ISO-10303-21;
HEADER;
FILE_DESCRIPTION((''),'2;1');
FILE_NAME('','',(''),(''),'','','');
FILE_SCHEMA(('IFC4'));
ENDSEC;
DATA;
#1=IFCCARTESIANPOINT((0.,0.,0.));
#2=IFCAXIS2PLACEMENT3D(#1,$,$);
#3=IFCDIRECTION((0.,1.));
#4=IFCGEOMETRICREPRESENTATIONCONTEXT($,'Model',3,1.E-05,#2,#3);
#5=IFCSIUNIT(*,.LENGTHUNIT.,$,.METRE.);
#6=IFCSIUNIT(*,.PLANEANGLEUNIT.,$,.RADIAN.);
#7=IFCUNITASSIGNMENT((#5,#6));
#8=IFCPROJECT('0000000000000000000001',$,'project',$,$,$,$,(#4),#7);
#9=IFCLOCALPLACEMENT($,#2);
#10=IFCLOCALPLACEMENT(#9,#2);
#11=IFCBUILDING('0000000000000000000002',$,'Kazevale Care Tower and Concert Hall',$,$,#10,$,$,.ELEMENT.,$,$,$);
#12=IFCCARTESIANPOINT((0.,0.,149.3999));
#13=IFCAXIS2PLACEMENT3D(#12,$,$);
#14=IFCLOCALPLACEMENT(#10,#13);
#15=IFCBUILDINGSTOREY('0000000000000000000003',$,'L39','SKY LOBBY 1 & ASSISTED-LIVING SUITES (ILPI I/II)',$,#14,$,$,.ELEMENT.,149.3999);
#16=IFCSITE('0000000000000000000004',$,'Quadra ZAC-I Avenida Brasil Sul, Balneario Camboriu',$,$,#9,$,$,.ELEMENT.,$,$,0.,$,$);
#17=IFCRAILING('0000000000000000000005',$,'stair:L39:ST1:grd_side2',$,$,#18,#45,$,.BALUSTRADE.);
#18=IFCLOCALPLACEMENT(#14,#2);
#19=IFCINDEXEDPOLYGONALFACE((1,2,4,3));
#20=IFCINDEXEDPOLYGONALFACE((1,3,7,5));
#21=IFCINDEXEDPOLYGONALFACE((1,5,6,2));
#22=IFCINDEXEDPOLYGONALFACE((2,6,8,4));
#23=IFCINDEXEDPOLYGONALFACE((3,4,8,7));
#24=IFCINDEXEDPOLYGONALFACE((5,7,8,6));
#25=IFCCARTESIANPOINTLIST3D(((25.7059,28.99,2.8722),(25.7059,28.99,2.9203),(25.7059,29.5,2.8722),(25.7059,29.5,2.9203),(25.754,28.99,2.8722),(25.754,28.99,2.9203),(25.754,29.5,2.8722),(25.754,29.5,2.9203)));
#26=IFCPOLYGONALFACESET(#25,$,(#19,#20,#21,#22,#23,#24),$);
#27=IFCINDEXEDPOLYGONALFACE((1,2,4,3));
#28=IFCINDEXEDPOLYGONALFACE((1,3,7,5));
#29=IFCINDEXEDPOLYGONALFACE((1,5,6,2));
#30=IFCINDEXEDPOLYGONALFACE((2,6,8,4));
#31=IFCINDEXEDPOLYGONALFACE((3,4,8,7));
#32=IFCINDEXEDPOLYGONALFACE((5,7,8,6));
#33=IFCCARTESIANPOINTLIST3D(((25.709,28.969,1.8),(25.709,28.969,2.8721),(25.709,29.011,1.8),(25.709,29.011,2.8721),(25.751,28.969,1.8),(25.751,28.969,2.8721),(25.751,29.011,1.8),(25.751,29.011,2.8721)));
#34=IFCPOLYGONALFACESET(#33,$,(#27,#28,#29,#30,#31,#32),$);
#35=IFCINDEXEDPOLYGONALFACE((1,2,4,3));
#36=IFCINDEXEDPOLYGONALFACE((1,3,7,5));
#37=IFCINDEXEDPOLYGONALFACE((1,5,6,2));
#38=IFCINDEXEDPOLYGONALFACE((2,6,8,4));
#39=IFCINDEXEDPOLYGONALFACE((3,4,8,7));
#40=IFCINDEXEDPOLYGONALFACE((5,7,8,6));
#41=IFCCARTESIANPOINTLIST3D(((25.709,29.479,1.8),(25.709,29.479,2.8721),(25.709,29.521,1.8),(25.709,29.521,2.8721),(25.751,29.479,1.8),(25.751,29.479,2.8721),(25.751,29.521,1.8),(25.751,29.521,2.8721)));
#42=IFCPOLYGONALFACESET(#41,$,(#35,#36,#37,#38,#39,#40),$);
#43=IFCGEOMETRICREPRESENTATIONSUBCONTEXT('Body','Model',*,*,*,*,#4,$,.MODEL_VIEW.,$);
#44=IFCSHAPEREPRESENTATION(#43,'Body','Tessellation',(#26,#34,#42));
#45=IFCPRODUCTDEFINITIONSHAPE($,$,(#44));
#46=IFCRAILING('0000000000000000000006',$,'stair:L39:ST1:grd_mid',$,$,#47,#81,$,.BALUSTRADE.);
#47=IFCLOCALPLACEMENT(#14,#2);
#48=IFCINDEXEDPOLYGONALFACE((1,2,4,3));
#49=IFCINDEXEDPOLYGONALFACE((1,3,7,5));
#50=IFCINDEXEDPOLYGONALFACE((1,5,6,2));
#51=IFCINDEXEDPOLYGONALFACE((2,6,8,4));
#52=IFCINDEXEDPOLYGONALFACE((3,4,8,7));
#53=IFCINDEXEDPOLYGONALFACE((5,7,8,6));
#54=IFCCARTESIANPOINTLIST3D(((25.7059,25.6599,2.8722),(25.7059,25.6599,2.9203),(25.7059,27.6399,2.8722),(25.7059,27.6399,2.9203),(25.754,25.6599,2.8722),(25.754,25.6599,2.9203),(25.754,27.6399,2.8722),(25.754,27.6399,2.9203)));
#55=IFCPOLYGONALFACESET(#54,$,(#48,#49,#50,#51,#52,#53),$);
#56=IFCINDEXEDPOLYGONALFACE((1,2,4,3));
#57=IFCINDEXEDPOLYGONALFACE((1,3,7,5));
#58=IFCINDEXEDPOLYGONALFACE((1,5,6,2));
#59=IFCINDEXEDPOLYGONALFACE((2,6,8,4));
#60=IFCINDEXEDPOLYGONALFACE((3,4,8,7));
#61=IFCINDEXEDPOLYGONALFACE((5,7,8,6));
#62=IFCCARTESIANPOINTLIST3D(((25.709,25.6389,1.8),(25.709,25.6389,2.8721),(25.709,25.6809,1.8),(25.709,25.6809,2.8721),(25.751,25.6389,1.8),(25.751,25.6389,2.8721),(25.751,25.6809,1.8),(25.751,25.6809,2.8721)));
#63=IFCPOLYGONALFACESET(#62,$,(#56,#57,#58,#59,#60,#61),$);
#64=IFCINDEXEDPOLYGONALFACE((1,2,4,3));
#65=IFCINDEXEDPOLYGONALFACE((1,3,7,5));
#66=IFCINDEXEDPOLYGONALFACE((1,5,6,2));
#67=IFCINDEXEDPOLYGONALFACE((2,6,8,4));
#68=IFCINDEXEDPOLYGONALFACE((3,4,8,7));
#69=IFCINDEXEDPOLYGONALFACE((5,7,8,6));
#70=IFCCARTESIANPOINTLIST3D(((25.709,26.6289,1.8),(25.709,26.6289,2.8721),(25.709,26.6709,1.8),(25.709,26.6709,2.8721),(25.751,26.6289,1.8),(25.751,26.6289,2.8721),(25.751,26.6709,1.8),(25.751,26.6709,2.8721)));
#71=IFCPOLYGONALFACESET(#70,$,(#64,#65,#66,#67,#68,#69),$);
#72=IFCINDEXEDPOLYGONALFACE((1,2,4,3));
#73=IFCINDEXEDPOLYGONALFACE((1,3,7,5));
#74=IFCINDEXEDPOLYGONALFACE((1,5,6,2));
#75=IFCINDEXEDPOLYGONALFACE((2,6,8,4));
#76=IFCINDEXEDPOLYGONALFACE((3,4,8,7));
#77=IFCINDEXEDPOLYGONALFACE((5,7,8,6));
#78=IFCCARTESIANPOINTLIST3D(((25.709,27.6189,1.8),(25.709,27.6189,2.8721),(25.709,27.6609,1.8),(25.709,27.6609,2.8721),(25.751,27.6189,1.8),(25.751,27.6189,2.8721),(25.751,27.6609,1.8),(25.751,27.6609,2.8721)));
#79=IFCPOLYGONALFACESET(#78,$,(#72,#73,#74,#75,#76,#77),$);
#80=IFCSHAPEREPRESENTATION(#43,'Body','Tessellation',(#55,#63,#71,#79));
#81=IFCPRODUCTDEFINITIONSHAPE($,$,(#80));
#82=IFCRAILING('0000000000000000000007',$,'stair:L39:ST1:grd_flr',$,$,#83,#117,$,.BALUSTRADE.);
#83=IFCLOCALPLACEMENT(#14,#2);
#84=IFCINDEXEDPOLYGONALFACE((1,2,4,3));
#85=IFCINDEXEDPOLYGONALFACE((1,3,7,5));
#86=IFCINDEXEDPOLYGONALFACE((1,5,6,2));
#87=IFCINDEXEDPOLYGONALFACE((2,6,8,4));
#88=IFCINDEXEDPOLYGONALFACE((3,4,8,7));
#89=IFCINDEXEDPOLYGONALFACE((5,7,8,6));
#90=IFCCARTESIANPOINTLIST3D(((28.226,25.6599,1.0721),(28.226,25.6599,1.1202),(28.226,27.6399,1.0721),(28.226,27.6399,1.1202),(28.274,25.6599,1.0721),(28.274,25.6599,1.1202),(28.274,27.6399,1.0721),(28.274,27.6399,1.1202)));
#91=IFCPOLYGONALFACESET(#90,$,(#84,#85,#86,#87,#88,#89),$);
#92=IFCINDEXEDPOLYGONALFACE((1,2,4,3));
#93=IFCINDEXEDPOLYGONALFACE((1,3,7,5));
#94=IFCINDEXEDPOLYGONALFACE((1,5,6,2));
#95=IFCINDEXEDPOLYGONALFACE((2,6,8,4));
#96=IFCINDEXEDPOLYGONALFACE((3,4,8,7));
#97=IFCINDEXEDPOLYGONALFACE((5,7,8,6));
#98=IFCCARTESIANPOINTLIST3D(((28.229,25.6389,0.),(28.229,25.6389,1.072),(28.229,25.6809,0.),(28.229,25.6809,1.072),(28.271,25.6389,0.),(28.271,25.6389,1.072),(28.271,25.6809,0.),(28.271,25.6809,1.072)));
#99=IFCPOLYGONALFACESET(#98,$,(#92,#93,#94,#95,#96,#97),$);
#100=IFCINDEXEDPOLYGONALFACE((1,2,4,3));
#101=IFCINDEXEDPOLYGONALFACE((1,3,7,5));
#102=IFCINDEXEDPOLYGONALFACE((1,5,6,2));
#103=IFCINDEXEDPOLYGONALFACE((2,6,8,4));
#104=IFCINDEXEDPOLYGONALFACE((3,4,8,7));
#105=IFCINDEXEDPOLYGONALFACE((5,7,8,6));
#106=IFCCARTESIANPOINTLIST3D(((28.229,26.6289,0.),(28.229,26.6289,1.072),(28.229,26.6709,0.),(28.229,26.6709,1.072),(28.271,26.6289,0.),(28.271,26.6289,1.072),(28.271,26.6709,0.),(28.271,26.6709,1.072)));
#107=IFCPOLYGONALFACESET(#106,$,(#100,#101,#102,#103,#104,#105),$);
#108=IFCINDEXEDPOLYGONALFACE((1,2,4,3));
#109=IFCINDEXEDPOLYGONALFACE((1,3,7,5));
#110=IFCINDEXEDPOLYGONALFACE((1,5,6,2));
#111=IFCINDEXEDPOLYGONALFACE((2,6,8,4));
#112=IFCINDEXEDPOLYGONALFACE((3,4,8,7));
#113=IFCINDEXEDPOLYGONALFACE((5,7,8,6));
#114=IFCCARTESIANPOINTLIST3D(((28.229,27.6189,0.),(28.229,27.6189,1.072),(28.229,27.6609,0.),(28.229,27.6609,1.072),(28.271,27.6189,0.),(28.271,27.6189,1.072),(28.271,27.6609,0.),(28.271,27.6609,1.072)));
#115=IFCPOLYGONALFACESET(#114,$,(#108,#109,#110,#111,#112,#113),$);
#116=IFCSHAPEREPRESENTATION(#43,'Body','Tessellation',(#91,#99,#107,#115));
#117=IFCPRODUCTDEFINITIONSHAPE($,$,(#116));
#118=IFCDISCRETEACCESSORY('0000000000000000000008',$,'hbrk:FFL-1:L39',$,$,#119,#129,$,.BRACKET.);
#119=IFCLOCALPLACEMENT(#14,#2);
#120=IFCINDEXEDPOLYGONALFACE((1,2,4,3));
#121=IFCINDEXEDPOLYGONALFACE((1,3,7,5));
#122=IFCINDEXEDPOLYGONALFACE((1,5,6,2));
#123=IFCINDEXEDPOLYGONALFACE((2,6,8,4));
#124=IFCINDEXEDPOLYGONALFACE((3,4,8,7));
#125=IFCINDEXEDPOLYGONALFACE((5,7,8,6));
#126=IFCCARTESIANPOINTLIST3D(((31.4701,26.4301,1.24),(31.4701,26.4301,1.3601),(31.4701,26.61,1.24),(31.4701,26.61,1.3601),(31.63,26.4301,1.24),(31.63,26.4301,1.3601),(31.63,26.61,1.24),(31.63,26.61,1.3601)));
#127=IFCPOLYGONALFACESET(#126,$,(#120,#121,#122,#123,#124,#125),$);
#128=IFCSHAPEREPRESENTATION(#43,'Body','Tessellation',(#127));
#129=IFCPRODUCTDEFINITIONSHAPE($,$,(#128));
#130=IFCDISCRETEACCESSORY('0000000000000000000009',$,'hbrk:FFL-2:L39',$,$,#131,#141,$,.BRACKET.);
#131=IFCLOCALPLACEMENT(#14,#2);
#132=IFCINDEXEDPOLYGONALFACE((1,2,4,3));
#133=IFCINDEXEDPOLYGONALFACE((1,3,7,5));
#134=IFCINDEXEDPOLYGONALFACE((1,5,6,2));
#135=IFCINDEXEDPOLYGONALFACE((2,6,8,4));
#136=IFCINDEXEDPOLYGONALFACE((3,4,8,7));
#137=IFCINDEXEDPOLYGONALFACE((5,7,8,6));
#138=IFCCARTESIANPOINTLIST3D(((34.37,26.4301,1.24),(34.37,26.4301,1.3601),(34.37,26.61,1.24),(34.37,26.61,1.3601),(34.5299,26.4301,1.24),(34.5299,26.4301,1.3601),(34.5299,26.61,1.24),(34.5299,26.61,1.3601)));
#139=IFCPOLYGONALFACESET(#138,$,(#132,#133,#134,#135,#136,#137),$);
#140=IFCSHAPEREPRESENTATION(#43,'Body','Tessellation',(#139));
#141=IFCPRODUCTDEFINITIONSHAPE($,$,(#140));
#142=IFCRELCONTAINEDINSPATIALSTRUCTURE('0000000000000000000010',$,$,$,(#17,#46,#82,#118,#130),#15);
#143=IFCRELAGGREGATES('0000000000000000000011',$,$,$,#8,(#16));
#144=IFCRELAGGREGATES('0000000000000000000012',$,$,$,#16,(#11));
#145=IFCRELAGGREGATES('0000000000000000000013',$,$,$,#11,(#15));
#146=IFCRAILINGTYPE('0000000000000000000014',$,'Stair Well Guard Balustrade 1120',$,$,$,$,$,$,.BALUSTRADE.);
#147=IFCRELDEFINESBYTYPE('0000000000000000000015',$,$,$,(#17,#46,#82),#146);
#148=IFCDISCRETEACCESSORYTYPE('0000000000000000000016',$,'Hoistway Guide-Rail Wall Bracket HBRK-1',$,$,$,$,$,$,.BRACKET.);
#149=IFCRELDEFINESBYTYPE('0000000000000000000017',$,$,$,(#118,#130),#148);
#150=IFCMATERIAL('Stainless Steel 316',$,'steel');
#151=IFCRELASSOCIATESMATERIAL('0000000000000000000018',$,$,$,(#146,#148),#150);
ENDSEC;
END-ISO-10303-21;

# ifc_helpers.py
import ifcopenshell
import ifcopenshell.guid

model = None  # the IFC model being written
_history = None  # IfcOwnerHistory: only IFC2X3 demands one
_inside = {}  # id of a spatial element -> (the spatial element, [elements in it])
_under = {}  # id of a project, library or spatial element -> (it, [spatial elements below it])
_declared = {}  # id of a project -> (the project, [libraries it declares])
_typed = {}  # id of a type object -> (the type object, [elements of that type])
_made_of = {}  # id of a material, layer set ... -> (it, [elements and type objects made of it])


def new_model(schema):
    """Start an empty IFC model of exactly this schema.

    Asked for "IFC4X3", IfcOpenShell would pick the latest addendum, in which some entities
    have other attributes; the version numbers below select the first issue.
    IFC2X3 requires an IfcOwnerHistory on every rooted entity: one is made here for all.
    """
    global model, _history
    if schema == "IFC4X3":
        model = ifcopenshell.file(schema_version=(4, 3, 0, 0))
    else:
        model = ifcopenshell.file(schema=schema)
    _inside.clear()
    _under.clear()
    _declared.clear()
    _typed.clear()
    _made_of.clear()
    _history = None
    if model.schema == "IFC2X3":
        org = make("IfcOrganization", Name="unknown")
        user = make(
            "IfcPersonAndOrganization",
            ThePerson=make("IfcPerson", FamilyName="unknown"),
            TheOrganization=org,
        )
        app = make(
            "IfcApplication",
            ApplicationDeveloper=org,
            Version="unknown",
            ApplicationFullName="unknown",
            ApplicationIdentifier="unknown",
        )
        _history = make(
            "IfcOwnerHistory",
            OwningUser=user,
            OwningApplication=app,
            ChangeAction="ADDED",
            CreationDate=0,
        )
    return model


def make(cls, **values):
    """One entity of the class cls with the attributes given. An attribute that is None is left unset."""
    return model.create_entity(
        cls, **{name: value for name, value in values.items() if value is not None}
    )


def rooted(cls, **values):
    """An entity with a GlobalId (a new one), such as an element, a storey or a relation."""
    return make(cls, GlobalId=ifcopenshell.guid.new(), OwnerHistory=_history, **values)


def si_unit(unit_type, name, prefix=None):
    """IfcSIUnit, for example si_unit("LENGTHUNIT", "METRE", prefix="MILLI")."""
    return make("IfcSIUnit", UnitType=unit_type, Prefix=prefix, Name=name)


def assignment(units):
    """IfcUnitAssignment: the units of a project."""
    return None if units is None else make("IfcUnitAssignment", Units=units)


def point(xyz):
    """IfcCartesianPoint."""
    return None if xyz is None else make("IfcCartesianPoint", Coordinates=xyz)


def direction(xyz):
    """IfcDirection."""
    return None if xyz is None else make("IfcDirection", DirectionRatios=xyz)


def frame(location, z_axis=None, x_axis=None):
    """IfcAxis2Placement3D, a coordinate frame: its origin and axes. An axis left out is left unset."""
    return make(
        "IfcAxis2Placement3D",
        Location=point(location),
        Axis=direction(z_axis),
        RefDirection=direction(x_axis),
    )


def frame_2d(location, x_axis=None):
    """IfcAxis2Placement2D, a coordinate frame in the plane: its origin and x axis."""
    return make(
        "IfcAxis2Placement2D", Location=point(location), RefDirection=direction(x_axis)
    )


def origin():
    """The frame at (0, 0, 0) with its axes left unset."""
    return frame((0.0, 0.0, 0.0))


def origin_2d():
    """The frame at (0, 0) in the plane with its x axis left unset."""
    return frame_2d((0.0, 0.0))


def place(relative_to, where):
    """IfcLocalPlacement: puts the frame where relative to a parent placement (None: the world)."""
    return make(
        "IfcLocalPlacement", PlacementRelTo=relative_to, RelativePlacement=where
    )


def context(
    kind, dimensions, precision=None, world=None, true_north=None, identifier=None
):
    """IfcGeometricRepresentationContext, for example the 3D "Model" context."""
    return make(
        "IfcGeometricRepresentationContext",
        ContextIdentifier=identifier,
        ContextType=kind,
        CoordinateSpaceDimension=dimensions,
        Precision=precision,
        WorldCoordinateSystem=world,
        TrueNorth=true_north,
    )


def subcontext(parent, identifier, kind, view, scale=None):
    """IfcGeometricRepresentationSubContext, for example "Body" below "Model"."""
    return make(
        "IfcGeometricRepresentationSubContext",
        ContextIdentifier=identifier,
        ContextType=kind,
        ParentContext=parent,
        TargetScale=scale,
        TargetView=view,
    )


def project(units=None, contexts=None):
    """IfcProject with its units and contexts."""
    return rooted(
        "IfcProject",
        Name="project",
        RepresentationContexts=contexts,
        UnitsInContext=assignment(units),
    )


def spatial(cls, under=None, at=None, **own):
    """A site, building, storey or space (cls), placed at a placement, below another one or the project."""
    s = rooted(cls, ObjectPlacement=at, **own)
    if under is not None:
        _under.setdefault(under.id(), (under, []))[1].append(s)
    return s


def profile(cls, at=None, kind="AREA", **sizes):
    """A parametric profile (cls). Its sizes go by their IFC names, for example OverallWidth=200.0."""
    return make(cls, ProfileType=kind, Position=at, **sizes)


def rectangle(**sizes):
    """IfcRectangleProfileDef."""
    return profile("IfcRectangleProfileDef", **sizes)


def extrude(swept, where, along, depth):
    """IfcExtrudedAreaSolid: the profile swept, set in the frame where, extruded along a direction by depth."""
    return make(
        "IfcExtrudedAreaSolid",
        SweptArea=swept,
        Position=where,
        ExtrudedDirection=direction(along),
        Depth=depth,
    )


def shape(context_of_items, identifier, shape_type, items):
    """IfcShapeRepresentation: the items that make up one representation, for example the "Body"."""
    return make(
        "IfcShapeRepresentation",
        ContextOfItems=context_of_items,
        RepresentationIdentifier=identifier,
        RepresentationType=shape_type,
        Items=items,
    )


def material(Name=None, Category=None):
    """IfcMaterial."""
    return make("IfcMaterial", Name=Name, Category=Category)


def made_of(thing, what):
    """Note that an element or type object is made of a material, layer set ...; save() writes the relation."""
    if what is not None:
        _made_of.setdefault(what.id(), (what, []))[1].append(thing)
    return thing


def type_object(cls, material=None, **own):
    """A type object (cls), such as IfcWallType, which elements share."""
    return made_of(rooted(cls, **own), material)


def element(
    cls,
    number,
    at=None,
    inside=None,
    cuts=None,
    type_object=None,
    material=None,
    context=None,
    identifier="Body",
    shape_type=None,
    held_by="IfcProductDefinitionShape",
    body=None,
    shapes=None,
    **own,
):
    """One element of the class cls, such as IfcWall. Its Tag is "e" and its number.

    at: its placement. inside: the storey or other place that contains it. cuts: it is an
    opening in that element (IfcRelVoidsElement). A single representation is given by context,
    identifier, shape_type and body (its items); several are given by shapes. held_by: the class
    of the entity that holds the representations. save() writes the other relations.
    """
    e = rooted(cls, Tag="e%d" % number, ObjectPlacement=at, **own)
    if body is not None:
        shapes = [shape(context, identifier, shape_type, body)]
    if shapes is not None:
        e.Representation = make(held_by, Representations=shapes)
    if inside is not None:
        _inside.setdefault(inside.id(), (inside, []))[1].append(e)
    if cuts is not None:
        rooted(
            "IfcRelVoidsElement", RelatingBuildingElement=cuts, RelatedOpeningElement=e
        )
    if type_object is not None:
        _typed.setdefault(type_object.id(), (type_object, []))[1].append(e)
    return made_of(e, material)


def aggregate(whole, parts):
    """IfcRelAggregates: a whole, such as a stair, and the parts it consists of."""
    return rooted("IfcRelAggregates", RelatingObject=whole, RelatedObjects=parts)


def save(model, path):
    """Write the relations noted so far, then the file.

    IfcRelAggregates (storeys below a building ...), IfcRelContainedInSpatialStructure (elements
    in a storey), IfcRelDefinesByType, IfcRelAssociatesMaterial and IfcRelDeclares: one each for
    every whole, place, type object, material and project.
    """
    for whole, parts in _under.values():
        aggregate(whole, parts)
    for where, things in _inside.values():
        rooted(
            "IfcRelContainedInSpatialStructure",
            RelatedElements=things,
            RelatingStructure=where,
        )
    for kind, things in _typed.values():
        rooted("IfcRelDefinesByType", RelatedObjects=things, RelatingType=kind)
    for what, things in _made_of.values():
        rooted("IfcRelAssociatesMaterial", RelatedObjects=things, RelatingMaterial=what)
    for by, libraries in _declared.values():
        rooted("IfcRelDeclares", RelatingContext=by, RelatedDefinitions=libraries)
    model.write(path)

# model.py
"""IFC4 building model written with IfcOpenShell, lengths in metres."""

from ifc_helpers import new_model, si_unit, direction, frame, origin, origin_2d, place, context, subcontext, project, spatial, rectangle, extrude, material, type_object, element, save


model = new_model("IFC4")

# Units and contexts
model_context = context("Model", 3, precision=1e-05, world=origin(), true_north=direction((0.0, 1.0)))
body_context = subcontext(model_context, "Body", "Model", "MODEL_VIEW")
ifc_project = project(units=[si_unit("LENGTHUNIT", "METRE"), si_unit("PLANEANGLEUNIT", "RADIAN")], contexts=[model_context])

# Site, building, storey
site_placement = place(None, origin())
site = spatial("IfcSite", under=ifc_project, at=site_placement, Name="Quadra ZAC-I Avenida Brasil Sul, Balneario Camboriu", CompositionType="ELEMENT", RefElevation=0.0)
building_placement = place(site_placement, origin())
building = spatial("IfcBuilding", under=site, at=building_placement, Name="Kazevale Care Tower and Concert Hall", CompositionType="ELEMENT")
storey_placement = place(building_placement, frame((0.0, 0.0, 149.3999)))
storey = spatial("IfcBuildingStorey", under=building, at=storey_placement, Name="L39", Description="SKY LOBBY 1 & ASSISTED-LIVING SUITES (ILPI I/II)", CompositionType="ELEMENT", Elevation=149.3999)

# Shared definitions
ifc_material_1 = material(Name="Stainless Steel 316", Category="steel")

# Railings
railing_type_1 = type_object("IfcRailingType", Name="Stair Well Guard Balustrade 1120", PredefinedType="BALUSTRADE", material=ifc_material_1)
railing_1_placement = place(storey_placement, frame((25.73, 28.99, 1.8)))
element("IfcRailing", 1, at=railing_1_placement, inside=storey, type_object=railing_type_1, Name="stair:L39:ST1:grd_side2", PredefinedType="BALUSTRADE", context=body_context, shape_type="SweptSolid", body=[
    extrude(rectangle(XDim=0.0481, YDim=0.0481, at=origin_2d()), frame((0.0, 0.0, 1.0962), z_axis=(0.0, 1.0, 0.0), x_axis=(-1.0, 0.0, 0.0)), (0.0, 0.0, 1.0), 0.51),
    extrude(rectangle(XDim=0.042, YDim=0.042, at=origin_2d()), origin(), (0.0, 0.0, 1.0), 1.072),
    extrude(rectangle(XDim=0.042, YDim=0.042, at=origin_2d()), frame((0.0, 0.51, 0.0)), (0.0, 0.0, 1.0), 1.072),
])
for number, where, name in (
    (2, (25.73, 25.6599, 1.8), "stair:L39:ST1:grd_mid"),
    (3, (28.25, 25.6599, 0.0), "stair:L39:ST1:grd_flr"),
):
    element("IfcRailing", number, at=place(storey_placement, frame(where)), inside=storey, type_object=railing_type_1, Name=name, PredefinedType="BALUSTRADE", context=body_context, shape_type="SweptSolid", body=[
        extrude(rectangle(XDim=0.0481, YDim=0.0481, at=origin_2d()), frame((0.0, 0.0, 1.0962), z_axis=(0.0, 1.0, 0.0), x_axis=(-1.0, 0.0, 0.0)), (0.0, 0.0, 1.0), 1.98),
        extrude(rectangle(XDim=0.042, YDim=0.042, at=origin_2d()), origin(), (0.0, 0.0, 1.0), 1.072),
        extrude(rectangle(XDim=0.042, YDim=0.042, at=origin_2d()), frame((0.0, 0.99, 0.0)), (0.0, 0.0, 1.0), 1.072),
        extrude(rectangle(XDim=0.042, YDim=0.042, at=origin_2d()), frame((0.0, 1.98, 0.0)), (0.0, 0.0, 1.0), 1.072),
    ])

# Discrete accessories
discrete_accessory_type = type_object("IfcDiscreteAccessoryType", Name="Hoistway Guide-Rail Wall Bracket HBRK-1", PredefinedType="BRACKET", material=ifc_material_1)
for number, where, z_axis, x_axis, name in (
    (4, (31.55, 26.52, 1.24), (0.0, 0.0, 1.0), (1.0, 0.0, 0.0), "hbrk:FFL-1:L39"),
    (5, (34.45, 26.52, 1.24), (0.0, 0.0, 1.0), (1.0, 0.0, 0.0), "hbrk:FFL-2:L39"),
):
    element("IfcDiscreteAccessory", number, at=place(storey_placement, frame(where, z_axis=z_axis, x_axis=x_axis)), inside=storey, type_object=discrete_accessory_type, Name=name, PredefinedType="BRACKET", context=body_context, shape_type="SweptSolid", body=[
        extrude(rectangle(XDim=0.1599, YDim=0.1799, at=origin_2d()), origin(), (0.0, 0.0, 1.0), 0.1201),
    ])

save(model, "model.ifc")
